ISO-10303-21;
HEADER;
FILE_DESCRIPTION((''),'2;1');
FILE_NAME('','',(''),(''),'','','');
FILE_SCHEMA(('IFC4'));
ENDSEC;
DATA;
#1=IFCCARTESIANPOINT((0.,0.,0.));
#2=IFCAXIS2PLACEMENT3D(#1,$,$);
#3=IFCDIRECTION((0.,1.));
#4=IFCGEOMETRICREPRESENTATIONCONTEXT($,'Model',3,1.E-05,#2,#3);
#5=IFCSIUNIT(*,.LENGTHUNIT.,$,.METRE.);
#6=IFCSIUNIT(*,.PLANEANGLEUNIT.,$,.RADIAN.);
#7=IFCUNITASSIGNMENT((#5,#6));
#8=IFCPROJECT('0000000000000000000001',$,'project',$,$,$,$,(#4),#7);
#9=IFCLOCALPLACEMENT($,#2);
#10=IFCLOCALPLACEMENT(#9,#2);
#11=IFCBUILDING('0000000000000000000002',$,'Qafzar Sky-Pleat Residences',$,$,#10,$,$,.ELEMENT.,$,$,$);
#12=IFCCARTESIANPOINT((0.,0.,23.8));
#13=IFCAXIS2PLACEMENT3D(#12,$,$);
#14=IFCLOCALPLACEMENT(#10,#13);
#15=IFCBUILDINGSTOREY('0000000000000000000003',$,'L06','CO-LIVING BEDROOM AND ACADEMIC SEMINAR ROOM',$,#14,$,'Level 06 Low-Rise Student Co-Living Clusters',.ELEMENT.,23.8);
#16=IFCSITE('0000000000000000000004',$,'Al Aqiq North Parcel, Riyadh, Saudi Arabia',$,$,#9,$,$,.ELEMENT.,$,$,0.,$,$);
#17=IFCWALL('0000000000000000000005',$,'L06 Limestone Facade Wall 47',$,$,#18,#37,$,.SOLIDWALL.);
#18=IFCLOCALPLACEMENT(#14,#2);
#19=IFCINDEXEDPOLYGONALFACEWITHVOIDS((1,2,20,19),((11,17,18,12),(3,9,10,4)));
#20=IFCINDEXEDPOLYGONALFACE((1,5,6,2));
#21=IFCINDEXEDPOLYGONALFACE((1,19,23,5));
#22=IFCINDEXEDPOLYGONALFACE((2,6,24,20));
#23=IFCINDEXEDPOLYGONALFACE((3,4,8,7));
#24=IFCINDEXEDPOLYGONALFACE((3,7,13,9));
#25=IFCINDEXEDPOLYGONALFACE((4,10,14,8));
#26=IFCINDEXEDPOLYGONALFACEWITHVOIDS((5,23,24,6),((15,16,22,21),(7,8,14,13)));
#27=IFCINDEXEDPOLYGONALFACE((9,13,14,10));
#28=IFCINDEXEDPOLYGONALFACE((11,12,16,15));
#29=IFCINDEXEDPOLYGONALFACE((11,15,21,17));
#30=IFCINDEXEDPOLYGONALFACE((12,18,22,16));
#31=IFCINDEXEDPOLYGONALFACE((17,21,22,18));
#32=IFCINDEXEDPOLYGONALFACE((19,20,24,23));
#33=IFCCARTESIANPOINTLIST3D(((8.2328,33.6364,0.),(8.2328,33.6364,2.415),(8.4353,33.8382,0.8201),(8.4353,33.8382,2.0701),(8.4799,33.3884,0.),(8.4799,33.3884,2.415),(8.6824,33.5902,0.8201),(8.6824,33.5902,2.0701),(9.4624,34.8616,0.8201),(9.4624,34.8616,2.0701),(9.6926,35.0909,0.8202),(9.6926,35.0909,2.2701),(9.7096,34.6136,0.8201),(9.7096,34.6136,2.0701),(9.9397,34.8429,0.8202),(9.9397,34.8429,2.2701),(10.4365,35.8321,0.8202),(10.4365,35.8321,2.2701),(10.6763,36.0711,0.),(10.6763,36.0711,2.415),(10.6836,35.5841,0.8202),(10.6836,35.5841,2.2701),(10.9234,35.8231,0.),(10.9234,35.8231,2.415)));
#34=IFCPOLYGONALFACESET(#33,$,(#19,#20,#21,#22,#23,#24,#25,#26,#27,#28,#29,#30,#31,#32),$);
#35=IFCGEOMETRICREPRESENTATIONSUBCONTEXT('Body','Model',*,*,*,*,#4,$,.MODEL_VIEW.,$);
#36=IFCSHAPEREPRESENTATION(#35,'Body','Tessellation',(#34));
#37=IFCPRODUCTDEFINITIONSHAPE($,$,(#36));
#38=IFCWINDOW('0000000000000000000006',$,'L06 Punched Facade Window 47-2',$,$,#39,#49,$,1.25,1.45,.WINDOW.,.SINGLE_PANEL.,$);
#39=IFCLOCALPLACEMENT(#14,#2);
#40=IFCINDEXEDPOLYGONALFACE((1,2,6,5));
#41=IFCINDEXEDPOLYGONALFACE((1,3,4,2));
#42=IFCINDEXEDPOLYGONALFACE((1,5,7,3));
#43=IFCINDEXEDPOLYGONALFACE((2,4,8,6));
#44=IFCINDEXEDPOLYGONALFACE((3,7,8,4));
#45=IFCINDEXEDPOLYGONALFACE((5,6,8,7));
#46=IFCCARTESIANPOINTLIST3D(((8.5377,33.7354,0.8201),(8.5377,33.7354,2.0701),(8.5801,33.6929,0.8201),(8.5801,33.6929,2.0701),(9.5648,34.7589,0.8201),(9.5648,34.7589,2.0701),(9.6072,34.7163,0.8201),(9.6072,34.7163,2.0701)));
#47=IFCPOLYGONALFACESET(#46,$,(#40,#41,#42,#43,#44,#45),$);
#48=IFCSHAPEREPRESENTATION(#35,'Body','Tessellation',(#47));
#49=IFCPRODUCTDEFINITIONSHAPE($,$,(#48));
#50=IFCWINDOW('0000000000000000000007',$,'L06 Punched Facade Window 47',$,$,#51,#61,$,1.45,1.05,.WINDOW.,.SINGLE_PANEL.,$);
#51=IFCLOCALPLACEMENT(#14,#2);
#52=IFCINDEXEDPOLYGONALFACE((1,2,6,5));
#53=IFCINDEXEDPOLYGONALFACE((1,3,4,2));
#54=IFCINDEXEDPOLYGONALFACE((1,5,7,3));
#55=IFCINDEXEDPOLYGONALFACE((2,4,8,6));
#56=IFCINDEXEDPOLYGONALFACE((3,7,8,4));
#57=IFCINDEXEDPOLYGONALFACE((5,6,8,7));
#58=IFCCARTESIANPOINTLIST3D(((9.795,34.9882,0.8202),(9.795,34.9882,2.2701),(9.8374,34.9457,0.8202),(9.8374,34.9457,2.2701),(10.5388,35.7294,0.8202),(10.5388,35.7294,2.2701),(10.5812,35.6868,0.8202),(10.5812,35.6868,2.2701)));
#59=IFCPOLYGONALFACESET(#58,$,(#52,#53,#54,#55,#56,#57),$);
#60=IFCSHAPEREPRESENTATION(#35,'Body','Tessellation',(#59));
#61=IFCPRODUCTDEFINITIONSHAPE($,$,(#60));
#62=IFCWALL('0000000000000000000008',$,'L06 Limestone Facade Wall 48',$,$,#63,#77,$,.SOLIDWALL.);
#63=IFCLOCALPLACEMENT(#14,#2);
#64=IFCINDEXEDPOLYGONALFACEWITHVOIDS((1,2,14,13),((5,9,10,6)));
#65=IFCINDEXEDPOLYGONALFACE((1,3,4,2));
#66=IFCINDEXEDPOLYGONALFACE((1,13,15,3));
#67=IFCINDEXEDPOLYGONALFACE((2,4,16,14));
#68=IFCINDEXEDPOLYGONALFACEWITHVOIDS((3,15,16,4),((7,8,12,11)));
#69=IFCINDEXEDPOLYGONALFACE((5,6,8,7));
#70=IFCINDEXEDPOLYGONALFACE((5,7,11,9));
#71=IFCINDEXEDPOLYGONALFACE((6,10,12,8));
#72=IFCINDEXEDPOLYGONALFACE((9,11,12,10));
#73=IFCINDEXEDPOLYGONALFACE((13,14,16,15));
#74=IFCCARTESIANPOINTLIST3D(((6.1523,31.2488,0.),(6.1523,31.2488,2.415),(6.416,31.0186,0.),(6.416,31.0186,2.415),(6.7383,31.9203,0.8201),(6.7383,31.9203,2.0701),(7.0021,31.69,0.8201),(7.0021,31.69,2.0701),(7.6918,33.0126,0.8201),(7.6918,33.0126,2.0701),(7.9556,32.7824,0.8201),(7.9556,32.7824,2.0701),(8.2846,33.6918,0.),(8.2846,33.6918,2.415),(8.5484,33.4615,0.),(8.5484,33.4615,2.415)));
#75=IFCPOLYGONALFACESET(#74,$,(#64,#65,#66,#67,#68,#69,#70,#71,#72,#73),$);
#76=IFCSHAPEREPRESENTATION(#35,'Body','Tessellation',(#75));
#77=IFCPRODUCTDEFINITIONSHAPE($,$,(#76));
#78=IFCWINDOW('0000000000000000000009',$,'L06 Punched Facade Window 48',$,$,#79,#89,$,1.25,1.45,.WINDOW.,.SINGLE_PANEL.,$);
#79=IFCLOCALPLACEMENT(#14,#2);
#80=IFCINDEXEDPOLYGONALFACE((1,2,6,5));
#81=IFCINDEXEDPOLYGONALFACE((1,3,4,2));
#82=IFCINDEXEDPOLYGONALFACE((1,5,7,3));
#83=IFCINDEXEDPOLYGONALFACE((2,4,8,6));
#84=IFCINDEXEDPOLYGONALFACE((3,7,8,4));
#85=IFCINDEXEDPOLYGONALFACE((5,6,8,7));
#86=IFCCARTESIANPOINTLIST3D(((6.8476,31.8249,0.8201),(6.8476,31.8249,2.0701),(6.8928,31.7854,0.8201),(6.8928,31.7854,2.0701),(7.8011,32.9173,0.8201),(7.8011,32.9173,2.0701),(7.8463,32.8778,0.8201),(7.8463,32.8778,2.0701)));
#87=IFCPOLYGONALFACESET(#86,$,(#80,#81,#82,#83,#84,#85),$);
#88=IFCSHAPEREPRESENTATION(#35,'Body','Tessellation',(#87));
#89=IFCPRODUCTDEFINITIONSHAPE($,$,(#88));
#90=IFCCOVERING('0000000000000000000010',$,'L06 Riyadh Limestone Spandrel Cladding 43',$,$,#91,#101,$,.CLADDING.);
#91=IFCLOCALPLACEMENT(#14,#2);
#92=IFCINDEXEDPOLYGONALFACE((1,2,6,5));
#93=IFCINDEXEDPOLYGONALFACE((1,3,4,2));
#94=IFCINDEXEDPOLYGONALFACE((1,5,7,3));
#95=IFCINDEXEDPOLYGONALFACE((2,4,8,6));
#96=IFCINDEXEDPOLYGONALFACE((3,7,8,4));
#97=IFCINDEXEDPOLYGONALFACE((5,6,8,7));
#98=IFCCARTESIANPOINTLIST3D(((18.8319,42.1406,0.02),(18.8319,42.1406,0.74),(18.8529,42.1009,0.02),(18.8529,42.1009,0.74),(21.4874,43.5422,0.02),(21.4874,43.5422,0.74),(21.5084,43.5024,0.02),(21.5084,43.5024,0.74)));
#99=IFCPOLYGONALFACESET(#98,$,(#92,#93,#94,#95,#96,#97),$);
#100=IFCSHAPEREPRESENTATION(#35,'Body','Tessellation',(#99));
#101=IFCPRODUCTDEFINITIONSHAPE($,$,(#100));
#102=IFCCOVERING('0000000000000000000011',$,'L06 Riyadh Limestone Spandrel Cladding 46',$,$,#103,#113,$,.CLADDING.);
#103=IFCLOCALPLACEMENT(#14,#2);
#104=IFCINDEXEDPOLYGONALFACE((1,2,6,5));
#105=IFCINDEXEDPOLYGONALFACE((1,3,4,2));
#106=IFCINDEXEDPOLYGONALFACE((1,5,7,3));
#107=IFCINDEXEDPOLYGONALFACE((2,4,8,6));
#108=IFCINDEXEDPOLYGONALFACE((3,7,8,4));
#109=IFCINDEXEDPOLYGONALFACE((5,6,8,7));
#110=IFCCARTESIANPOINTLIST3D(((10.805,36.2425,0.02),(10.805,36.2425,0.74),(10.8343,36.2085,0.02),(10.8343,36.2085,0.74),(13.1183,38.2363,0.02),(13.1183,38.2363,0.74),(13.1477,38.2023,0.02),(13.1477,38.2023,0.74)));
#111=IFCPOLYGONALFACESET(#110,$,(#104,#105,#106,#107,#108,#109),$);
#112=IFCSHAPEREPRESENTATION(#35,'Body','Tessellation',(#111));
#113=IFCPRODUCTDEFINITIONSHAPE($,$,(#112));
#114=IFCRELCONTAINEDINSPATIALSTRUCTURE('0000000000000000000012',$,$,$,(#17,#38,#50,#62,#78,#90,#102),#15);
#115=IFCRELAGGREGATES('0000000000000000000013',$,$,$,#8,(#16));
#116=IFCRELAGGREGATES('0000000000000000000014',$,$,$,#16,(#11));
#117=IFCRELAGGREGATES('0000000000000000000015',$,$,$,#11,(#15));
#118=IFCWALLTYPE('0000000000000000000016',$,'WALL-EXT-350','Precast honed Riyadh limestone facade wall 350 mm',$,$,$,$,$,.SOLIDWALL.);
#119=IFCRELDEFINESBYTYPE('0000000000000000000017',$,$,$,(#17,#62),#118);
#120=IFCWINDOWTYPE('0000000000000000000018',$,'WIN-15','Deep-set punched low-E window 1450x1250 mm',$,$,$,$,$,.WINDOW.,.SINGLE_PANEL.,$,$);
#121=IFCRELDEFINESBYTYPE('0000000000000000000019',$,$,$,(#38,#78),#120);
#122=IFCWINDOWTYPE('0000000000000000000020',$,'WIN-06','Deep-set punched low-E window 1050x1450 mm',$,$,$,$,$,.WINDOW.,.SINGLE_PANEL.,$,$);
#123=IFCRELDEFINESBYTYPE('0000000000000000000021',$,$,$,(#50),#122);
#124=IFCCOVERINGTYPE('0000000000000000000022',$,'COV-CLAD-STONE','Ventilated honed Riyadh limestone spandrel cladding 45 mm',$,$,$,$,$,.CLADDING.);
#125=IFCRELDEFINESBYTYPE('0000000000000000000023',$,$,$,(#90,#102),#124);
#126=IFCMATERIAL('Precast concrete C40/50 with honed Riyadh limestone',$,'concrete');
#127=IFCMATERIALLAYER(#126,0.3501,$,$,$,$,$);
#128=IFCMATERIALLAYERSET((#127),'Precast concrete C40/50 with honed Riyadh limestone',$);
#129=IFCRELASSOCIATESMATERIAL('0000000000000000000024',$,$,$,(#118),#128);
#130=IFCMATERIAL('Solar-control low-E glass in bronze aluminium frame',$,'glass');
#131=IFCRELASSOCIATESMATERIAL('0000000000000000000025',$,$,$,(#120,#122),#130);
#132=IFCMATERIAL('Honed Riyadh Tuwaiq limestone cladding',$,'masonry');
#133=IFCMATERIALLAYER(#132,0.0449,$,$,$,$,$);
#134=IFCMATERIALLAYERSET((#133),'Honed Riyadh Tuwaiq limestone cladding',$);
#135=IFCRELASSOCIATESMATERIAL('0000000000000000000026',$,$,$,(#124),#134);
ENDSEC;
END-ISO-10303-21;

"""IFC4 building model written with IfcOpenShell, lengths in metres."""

from ifc_helpers import new_model, si_unit, direction, frame, frame_2d, origin, origin_2d, place, context, subcontext, project, spatial, rectangle, extrude, source, transform, mapped, material, layer, layer_set, type_object, element, fill, save


model = new_model("IFC4")

# Units and contexts
model_context = context("Model", 3, precision=1e-05, world=origin(), true_north=direction((0.0, 1.0)))
body_context = subcontext(model_context, "Body", "Model", "MODEL_VIEW")
ifc_project = project(units=[si_unit("LENGTHUNIT", "METRE"), si_unit("PLANEANGLEUNIT", "RADIAN")], contexts=[model_context])

# Site, building, storey
site_placement = place(None, origin())
site = spatial("IfcSite", under=ifc_project, at=site_placement, Name="Al Aqiq North Parcel, Riyadh, Saudi Arabia", CompositionType="ELEMENT", RefElevation=0.0)
building_placement = place(site_placement, origin())
building = spatial("IfcBuilding", under=site, at=building_placement, Name="Qafzar Sky-Pleat Residences", CompositionType="ELEMENT")
storey_placement = place(building_placement, frame((0.0, 0.0, 23.8)))
storey = spatial("IfcBuildingStorey", under=building, at=storey_placement, Name="L06", Description="CO-LIVING BEDROOM AND ACADEMIC SEMINAR ROOM", LongName="Level 06 Low-Rise Student Co-Living Clusters", CompositionType="ELEMENT", Elevation=23.8)

# Shared definitions
ifc_material_1 = material(Name="Precast concrete C40/50 with honed Riyadh limestone", Category="concrete")
ifc_layer_1 = layer(ifc_material_1, 0.3501)
ifc_layer_set_1 = layer_set([ifc_layer_1], Name="Precast concrete C40/50 with honed Riyadh limestone")
wall_type_1 = type_object("IfcWallType", Name="WALL-EXT-350", Description="Precast honed Riyadh limestone facade wall 350 mm", PredefinedType="SOLIDWALL", material=ifc_layer_set_1)
ifc_material_2 = material(Name="Solar-control low-E glass in bronze aluminium frame", Category="glass")
window_type_1 = type_object("IfcWindowType", Name="WIN-15", Description="Deep-set punched low-E window 1450x1250 mm", PartitioningType="SINGLE_PANEL", PredefinedType="WINDOW", material=ifc_material_2)
shared_shape_1 = source(origin(), body_context, "Body", "SweptSolid", [
    extrude(rectangle(XDim=1.45, YDim=1.25, at=frame_2d((0.7251, 0.625))), frame((0.0, 0.03, 0.0), z_axis=(0.0, -1.0, 0.0), x_axis=(1.0, 0.0, 0.0)), (0.0, 0.0, 1.0), 0.0601),
])

# Wall, openings, windows
wall_1_placement = place(storey_placement, frame((10.7998, 35.947, 0.0), z_axis=(0.0, 0.0, 1.0), x_axis=(-0.70838, -0.705832, 0.0)))
wall_1 = element("IfcWall", 1, at=wall_1_placement, inside=storey, type_object=wall_type_1, Name="L06 Limestone Facade Wall 47", PredefinedType="SOLIDWALL", context=body_context, shape_type="SweptSolid", body=[
    extrude(rectangle(XDim=3.4495, YDim=0.3501, at=frame_2d((1.7246, 0.0))), origin(), (0.0, 0.0, 1.0), 2.415),
])
opening_1_placement = place(wall_1_placement, frame((0.3386, 0.0, 0.8201)))
opening_1 = element("IfcOpeningElement", 2, at=opening_1_placement, cuts=wall_1, PredefinedType="OPENING", context=body_context, shape_type="SweptSolid", body=[
    extrude(rectangle(XDim=1.05, YDim=1.45, at=frame_2d((0.5249, 0.7251))), frame((0.0, 0.1851, 0.0), z_axis=(0.0, -1.0, 0.0), x_axis=(1.0, 0.0, 0.0)), (0.0, 0.0, 1.0), 0.3701),
])
opening_2_placement = place(wall_1_placement, frame((1.7134, 0.0, 0.8201)))
opening_2 = element("IfcOpeningElement", 3, at=opening_2_placement, cuts=wall_1, PredefinedType="OPENING", context=body_context, shape_type="SweptSolid", body=[
    extrude(rectangle(XDim=1.45, YDim=1.25, at=frame_2d((0.7251, 0.625))), frame((0.0, 0.1851, 0.0), z_axis=(0.0, -1.0, 0.0), x_axis=(1.0, 0.0, 0.0)), (0.0, 0.0, 1.0), 0.3701),
])
window_1_placement = place(opening_2_placement, origin())
window_1 = element("IfcWindow", 4, at=window_1_placement, inside=storey, type_object=window_type_1, Name="L06 Punched Facade Window 47-2", OverallHeight=1.25, OverallWidth=1.45, PartitioningType="SINGLE_PANEL", PredefinedType="WINDOW", context=body_context, shape_type="MappedRepresentation", body=[
    mapped(shared_shape_1, transform((0.0, 0.0, 0.0), x_axis=(1.0, 0.0, 0.0), y_axis=(0.0, 1.0, 0.0), z_axis=(0.0, 0.0, 1.0), scale=1.0)),
])
fill(opening_2, window_1)
window_type_2 = type_object("IfcWindowType", Name="WIN-06", Description="Deep-set punched low-E window 1050x1450 mm", PartitioningType="SINGLE_PANEL", PredefinedType="WINDOW", material=ifc_material_2)
shared_shape_2 = source(origin(), body_context, "Body", "SweptSolid", [
    extrude(rectangle(XDim=1.05, YDim=1.45, at=frame_2d((0.5249, 0.7251))), frame((0.0, 0.03, 0.0), z_axis=(0.0, -1.0, 0.0), x_axis=(1.0, 0.0, 0.0)), (0.0, 0.0, 1.0), 0.0601),
])
window_2_placement = place(opening_1_placement, origin())
window_2 = element("IfcWindow", 5, at=window_2_placement, inside=storey, type_object=window_type_2, Name="L06 Punched Facade Window 47", OverallHeight=1.45, OverallWidth=1.05, PartitioningType="SINGLE_PANEL", PredefinedType="WINDOW", context=body_context, shape_type="MappedRepresentation", body=[
    mapped(shared_shape_2, transform((0.0, 0.0, 0.0), x_axis=(1.0, 0.0, 0.0), y_axis=(0.0, 1.0, 0.0), z_axis=(0.0, 0.0, 1.0), scale=1.0)),
])
fill(opening_1, window_2)

# Wall, opening, window
wall_2_placement = place(storey_placement, frame((8.4165, 33.5767, 0.0), z_axis=(0.0, 0.0, 1.0), x_axis=(-0.657598, -0.753369, 0.0)))
wall_2 = element("IfcWall", 6, at=wall_2_placement, inside=storey, type_object=wall_type_1, Name="L06 Limestone Facade Wall 48", PredefinedType="SOLIDWALL", context=body_context, shape_type="SweptSolid", body=[
    extrude(rectangle(XDim=3.2427, YDim=0.3501, at=frame_2d((1.6213, 0.0))), origin(), (0.0, 0.0, 1.0), 2.415),
])
opening_3_placement = place(wall_2_placement, frame((0.9014, 0.0, 0.8201)))
opening_3 = element("IfcOpeningElement", 7, at=opening_3_placement, cuts=wall_2, PredefinedType="OPENING", context=body_context, shape_type="SweptSolid", body=[
    extrude(rectangle(XDim=1.45, YDim=1.25, at=frame_2d((0.7251, 0.625))), frame((0.0, 0.1851, 0.0), z_axis=(0.0, -1.0, 0.0), x_axis=(1.0, 0.0, 0.0)), (0.0, 0.0, 1.0), 0.3701),
])
window_3_placement = place(opening_3_placement, origin())
window_3 = element("IfcWindow", 8, at=window_3_placement, inside=storey, type_object=window_type_1, Name="L06 Punched Facade Window 48", OverallHeight=1.25, OverallWidth=1.45, PartitioningType="SINGLE_PANEL", PredefinedType="WINDOW", context=body_context, shape_type="MappedRepresentation", body=[
    mapped(shared_shape_1, transform((0.0, 0.0, 0.0), x_axis=(1.0, 0.0, 0.0), y_axis=(0.0, 1.0, 0.0), z_axis=(0.0, 0.0, 1.0), scale=1.0)),
])
fill(opening_3, window_3)

# Coverings
ifc_material_3 = material(Name="Honed Riyadh Tuwaiq limestone cladding", Category="masonry")
ifc_layer_2 = layer(ifc_material_3, 0.0449)
ifc_layer_set_2 = layer_set([ifc_layer_2], Name="Honed Riyadh Tuwaiq limestone cladding")
covering_type = type_object("IfcCoveringType", Name="COV-CLAD-STONE", Description="Ventilated honed Riyadh limestone spandrel cladding 45 mm", PredefinedType="CLADDING", material=ifc_layer_set_2)
shared_shape_3 = source(origin(), body_context, "Body", "SweptSolid", [
    extrude(rectangle(XDim=3.0027, YDim=0.0449, at=origin_2d()), origin(), (0.0, 0.0, 1.0), 0.72),
])
covering_1_placement = place(storey_placement, frame((20.1702, 42.8215, 0.02), z_axis=(0.0, 0.0, 1.0), x_axis=(-0.884386, -0.466755, 0.0)))
element("IfcCovering", 9, at=covering_1_placement, inside=storey, type_object=covering_type, Name="L06 Riyadh Limestone Spandrel Cladding 43", PredefinedType="CLADDING", context=body_context, shape_type="MappedRepresentation", body=[
    mapped(shared_shape_3, transform((0.0, 0.0, 0.0), x_axis=(1.0, 0.0, 0.0), y_axis=(0.0, 1.0, 0.0), z_axis=(0.0, 0.0, 1.0), scale=1.0)),
])
shared_shape_4 = source(origin(), body_context, "Body", "SweptSolid", [
    extrude(rectangle(XDim=3.054, YDim=0.0449, at=origin_2d()), origin(), (0.0, 0.0, 1.0), 0.72),
])
covering_2_placement = place(storey_placement, frame((11.9763, 37.2224, 0.02), z_axis=(0.0, 0.0, 1.0), x_axis=(-0.757492, -0.652845, 0.0)))
element("IfcCovering", 10, at=covering_2_placement, inside=storey, type_object=covering_type, Name="L06 Riyadh Limestone Spandrel Cladding 46", PredefinedType="CLADDING", context=body_context, shape_type="MappedRepresentation", body=[
    mapped(shared_shape_4, transform((0.0, 0.0, 0.0), x_axis=(1.0, 0.0, 0.0), y_axis=(0.0, 1.0, 0.0), z_axis=(0.0, 0.0, 1.0), scale=1.0)),
])

save(model, "model.ifc")
